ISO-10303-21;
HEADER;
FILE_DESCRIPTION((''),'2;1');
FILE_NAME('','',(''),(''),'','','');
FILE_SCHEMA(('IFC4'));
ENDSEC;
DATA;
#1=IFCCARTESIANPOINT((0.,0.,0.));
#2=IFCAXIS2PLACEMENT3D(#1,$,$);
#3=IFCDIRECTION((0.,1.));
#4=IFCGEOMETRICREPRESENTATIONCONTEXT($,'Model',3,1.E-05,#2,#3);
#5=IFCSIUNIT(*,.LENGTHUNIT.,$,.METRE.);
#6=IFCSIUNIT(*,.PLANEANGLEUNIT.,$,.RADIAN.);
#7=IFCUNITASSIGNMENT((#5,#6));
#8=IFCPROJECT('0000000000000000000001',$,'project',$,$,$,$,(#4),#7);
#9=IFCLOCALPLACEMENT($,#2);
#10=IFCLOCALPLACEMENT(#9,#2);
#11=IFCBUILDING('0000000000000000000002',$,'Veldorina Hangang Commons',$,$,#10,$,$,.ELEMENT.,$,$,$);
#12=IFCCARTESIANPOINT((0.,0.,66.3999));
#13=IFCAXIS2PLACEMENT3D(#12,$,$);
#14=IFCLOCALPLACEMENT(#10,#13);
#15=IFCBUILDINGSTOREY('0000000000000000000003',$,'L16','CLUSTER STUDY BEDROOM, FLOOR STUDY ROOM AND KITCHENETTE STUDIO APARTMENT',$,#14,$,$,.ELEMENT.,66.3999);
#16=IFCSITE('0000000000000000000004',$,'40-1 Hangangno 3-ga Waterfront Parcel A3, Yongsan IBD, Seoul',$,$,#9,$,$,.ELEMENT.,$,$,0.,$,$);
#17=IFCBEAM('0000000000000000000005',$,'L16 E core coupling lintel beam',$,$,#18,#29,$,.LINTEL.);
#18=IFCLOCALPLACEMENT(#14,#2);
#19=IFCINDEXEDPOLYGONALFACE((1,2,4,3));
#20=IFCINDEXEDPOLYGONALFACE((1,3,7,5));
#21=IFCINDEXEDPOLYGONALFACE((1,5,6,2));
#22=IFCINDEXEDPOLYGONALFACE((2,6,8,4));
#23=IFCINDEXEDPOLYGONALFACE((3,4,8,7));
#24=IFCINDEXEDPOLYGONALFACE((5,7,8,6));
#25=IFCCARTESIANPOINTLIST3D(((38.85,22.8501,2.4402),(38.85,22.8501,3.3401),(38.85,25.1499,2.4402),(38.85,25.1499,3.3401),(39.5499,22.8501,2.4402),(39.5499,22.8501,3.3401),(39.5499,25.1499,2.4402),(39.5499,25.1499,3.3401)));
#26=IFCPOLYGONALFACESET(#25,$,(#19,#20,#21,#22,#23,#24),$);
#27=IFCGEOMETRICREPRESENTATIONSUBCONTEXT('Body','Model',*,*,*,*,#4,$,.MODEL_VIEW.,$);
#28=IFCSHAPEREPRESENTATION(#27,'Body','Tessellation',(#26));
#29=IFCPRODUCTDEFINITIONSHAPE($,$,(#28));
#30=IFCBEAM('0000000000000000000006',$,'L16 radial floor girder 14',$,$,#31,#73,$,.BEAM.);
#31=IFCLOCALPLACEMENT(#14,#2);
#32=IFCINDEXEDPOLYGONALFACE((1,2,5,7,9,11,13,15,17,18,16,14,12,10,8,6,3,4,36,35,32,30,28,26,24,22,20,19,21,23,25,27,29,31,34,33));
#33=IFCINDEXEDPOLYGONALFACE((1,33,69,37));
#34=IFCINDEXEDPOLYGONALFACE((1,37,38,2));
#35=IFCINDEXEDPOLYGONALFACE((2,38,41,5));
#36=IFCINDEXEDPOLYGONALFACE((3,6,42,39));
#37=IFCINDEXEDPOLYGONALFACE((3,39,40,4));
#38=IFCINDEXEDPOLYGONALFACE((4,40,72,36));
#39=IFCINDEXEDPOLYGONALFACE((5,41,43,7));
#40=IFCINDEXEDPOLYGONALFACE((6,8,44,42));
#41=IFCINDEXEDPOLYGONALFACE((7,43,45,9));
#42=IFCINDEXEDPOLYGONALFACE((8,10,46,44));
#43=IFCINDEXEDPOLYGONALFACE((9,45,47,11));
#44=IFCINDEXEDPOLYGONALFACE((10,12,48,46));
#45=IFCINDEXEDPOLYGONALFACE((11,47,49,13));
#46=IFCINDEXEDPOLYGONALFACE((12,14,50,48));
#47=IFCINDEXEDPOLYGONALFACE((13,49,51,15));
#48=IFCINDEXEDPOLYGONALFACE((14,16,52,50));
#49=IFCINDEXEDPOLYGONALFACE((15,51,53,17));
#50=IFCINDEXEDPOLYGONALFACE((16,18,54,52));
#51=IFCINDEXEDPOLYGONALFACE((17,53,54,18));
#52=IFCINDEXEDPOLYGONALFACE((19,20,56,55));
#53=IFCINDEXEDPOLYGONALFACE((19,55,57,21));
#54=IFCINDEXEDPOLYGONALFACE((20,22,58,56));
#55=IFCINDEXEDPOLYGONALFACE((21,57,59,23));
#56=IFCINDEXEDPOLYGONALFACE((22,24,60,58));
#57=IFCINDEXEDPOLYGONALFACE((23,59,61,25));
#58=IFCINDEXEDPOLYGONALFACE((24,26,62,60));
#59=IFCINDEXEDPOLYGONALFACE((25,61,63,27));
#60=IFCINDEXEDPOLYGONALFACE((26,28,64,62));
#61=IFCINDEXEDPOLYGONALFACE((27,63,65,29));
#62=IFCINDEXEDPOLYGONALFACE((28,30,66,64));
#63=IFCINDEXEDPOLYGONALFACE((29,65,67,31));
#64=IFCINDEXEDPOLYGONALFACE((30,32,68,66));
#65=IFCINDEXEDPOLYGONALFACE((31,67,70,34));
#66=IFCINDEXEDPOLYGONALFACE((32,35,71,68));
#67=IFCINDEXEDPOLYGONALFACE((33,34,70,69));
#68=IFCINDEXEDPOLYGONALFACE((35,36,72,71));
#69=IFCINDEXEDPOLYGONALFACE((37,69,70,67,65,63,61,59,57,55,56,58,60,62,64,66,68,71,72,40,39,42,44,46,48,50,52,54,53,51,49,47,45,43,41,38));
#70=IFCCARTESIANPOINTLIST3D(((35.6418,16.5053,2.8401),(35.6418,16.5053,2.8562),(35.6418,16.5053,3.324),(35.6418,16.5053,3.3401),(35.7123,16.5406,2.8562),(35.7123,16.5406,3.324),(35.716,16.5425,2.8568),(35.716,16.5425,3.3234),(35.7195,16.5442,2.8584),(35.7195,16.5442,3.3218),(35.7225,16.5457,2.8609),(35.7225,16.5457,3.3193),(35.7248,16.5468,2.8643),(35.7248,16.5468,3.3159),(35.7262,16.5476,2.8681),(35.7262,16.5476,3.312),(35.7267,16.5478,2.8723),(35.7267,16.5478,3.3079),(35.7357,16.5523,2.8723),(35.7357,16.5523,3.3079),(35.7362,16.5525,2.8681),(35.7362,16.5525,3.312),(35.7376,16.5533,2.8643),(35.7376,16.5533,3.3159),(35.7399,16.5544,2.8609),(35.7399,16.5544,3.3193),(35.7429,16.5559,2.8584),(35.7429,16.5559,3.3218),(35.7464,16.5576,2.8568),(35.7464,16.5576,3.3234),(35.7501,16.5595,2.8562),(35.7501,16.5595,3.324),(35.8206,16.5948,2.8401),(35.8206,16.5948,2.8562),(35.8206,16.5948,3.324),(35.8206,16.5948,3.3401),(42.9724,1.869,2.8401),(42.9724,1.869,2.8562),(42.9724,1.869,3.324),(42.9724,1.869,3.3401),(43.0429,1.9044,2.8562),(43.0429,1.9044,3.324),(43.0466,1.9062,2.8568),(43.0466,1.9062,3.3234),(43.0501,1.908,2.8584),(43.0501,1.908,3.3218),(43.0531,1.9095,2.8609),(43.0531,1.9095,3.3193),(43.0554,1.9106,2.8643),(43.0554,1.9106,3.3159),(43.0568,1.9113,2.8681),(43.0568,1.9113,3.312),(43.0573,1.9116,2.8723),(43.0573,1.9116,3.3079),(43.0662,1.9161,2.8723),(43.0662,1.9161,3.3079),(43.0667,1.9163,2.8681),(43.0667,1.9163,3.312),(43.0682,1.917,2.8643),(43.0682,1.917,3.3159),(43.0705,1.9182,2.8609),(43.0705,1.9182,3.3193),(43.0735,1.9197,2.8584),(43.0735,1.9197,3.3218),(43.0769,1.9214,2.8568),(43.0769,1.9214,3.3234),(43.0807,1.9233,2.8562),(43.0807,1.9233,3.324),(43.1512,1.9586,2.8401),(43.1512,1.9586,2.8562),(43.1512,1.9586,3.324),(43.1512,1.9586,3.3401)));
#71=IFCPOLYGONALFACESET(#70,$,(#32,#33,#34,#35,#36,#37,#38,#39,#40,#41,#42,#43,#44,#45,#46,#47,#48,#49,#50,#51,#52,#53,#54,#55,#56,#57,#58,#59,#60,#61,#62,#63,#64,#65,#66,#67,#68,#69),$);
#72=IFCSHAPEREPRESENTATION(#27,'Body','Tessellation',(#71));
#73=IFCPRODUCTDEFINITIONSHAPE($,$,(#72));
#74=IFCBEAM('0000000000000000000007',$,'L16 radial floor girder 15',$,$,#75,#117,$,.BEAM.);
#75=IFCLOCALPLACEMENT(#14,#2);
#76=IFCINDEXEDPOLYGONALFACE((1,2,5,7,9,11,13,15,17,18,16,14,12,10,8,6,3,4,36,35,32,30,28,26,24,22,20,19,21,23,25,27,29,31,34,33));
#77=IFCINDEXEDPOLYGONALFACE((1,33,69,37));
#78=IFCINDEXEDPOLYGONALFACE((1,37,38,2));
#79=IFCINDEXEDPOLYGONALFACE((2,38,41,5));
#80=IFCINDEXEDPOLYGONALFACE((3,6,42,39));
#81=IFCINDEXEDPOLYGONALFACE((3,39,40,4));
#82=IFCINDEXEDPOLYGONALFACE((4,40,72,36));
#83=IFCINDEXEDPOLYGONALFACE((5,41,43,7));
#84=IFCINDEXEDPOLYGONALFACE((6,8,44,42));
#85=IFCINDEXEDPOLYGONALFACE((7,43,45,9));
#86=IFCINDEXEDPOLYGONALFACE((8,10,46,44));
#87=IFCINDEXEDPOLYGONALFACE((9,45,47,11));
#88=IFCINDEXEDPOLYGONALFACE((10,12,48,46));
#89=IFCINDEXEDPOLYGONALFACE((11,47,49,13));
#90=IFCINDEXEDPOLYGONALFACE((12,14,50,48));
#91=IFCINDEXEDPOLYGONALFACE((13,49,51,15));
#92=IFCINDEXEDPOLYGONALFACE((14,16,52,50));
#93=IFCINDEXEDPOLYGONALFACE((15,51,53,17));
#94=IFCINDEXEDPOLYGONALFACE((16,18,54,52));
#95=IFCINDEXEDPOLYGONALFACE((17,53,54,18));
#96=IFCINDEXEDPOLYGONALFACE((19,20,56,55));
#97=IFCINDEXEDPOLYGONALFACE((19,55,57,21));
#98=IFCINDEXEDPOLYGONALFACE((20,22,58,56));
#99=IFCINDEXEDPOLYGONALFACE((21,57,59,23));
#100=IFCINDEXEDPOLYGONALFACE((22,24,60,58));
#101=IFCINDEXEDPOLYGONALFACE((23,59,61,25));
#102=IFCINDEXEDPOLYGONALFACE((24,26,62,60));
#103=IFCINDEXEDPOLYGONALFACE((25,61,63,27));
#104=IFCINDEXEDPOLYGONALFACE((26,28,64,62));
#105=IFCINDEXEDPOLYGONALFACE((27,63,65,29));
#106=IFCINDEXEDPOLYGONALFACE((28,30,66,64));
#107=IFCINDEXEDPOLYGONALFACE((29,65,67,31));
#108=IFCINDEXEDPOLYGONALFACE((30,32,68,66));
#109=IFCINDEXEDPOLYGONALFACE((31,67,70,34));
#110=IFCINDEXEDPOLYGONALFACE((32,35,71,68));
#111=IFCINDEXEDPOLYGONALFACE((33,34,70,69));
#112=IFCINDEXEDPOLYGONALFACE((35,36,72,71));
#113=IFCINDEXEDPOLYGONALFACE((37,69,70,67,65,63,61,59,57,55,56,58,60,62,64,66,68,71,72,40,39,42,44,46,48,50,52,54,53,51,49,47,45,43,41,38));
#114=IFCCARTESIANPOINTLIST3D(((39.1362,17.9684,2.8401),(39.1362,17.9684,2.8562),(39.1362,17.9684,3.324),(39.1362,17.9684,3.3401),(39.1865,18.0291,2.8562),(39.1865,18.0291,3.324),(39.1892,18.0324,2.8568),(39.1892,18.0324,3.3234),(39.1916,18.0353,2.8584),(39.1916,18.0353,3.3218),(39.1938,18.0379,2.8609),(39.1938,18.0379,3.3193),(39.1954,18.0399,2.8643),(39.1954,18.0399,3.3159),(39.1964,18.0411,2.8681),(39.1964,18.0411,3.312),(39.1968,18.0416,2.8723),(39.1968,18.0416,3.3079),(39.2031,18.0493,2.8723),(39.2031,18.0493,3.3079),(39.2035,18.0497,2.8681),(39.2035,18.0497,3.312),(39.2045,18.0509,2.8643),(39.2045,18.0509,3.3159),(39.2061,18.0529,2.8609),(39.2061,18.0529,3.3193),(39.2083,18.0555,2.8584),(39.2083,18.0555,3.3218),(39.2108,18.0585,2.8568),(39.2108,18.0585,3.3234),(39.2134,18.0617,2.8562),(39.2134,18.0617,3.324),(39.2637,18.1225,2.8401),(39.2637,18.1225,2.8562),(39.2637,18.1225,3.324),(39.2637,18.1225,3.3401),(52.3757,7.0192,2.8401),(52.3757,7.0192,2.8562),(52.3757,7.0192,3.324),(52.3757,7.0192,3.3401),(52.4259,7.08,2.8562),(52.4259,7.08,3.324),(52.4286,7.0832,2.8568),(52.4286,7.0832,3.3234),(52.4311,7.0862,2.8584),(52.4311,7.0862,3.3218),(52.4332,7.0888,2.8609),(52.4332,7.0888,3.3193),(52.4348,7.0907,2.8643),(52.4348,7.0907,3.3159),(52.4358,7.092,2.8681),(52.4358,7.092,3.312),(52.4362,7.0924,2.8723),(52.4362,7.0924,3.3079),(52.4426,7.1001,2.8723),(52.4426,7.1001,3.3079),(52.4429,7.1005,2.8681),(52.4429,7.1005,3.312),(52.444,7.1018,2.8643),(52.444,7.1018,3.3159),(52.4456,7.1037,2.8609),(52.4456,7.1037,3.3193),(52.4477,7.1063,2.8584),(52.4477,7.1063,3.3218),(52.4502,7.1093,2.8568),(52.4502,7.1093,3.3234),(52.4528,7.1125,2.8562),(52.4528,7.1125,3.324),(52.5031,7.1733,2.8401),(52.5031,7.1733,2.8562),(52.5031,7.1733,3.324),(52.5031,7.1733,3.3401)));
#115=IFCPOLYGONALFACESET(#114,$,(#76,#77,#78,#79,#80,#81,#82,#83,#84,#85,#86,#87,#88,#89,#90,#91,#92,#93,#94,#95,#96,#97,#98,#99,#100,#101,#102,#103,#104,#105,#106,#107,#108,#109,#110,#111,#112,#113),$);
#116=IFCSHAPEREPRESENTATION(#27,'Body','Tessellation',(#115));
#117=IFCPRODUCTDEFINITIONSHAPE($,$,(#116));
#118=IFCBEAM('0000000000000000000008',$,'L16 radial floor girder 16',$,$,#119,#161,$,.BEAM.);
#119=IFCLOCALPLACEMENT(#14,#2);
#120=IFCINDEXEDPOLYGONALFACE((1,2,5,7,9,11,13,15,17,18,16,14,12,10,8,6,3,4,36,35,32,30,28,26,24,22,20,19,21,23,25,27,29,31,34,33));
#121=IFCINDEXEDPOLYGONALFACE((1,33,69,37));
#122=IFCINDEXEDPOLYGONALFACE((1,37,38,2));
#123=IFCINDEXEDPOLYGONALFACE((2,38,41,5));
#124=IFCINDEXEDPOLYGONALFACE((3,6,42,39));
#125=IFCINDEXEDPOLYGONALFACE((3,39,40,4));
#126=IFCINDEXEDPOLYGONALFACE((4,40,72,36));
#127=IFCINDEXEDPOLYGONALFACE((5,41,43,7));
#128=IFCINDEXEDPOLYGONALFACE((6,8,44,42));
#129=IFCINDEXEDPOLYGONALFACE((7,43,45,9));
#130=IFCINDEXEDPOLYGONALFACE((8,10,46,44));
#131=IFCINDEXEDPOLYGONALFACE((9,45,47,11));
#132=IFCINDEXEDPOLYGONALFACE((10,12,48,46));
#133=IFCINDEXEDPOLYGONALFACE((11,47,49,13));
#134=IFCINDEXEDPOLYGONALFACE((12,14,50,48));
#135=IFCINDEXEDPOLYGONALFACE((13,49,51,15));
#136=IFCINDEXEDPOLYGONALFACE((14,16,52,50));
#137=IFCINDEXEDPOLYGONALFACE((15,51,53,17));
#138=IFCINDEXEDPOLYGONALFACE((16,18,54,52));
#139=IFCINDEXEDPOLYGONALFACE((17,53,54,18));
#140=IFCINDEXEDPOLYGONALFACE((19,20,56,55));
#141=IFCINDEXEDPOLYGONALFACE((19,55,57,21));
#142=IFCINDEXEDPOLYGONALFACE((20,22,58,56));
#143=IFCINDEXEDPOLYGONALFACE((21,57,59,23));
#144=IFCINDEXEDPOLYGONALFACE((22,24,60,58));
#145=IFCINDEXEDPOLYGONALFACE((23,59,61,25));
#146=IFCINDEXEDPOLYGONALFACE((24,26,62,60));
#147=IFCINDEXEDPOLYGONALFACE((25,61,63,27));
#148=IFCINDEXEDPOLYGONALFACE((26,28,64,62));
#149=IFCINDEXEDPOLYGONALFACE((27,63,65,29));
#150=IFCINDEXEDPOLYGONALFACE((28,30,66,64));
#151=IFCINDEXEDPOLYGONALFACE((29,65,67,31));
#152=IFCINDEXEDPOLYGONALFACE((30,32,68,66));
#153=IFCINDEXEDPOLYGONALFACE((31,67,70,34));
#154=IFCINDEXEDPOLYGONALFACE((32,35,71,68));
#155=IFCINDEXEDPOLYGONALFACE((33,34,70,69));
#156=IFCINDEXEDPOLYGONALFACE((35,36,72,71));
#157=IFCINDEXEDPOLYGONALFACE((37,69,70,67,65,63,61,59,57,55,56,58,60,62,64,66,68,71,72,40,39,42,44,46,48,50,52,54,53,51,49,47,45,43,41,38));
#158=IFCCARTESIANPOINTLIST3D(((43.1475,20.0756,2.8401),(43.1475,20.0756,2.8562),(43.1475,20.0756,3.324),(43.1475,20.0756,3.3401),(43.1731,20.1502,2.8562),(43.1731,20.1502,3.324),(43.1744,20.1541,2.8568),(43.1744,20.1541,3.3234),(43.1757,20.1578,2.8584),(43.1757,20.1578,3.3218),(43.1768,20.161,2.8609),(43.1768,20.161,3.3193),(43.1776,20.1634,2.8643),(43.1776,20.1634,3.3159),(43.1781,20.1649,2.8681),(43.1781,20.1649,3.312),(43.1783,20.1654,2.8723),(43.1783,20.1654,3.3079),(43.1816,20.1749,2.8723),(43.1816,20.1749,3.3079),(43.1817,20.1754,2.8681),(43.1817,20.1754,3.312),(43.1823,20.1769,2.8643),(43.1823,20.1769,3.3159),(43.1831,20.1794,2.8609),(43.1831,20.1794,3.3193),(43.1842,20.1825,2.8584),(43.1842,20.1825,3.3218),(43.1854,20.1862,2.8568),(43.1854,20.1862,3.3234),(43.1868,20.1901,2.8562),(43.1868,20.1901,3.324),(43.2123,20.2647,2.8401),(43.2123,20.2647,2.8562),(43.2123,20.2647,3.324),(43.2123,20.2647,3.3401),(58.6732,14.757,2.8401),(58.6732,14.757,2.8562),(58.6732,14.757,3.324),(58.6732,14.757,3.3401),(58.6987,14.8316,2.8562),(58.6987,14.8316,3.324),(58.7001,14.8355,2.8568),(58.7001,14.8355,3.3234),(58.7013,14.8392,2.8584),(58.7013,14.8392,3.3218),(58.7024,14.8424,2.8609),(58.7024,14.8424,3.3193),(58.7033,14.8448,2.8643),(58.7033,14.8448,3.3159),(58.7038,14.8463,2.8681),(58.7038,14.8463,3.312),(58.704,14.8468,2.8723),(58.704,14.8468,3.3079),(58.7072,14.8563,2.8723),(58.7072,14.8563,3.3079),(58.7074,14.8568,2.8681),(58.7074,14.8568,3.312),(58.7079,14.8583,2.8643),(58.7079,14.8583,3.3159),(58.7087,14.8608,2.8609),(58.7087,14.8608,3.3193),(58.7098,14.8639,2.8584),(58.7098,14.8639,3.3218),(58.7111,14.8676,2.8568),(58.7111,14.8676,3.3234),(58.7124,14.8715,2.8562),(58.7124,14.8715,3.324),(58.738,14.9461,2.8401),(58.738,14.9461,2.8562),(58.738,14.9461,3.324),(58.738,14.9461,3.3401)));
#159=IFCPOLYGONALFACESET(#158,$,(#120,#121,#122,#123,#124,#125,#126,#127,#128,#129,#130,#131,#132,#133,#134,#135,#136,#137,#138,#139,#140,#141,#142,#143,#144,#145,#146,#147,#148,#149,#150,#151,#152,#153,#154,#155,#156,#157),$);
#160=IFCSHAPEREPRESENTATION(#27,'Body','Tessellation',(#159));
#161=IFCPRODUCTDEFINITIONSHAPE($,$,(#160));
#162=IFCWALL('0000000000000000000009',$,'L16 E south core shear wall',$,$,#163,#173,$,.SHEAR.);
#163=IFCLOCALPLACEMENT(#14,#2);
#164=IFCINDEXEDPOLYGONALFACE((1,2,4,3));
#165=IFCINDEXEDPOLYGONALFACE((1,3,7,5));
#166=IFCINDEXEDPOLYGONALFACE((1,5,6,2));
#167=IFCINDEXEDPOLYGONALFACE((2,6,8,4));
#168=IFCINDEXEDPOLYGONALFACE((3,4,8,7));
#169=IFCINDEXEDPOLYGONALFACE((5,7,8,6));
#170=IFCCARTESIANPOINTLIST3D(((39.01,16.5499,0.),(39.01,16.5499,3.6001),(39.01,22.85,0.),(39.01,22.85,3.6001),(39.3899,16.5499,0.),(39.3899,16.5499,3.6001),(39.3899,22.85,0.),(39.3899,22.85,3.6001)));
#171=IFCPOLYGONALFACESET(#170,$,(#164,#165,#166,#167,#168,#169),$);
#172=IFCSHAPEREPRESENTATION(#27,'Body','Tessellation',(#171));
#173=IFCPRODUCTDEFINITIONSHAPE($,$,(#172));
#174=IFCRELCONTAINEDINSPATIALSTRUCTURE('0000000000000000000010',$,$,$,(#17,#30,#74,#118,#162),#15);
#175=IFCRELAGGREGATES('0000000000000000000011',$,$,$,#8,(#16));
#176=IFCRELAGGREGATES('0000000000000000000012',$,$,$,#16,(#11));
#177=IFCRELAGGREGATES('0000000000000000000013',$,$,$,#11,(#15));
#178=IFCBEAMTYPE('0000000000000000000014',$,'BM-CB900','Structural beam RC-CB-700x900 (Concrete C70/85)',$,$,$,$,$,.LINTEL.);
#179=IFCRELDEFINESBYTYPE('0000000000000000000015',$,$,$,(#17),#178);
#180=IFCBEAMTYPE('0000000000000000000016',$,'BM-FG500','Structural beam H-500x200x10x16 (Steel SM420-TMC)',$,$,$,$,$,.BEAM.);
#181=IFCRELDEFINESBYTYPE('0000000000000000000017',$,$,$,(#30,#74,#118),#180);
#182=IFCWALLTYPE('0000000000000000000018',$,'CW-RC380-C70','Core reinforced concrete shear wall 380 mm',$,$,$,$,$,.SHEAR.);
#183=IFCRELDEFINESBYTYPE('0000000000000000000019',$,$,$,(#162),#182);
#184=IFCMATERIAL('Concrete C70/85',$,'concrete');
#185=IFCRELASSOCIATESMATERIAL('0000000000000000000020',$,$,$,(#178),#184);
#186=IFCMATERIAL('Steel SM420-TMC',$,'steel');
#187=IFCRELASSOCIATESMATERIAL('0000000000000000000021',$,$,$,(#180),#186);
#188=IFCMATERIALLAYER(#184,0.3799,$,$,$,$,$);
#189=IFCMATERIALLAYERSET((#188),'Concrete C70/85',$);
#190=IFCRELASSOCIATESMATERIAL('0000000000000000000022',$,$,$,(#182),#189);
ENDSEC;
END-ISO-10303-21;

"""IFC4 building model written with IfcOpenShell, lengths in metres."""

from ifc_helpers import new_model, si_unit, direction, frame, frame_2d, origin, origin_2d, place, context, subcontext, project, spatial, rectangle, i_section, extrude, material, layer, layer_set, material_profile, profile_set, type_object, element, save


model = new_model("IFC4")

# Units and contexts
model_context = context("Model", 3, precision=1e-05, world=origin(), true_north=direction((0.0, 1.0)))
body_context = subcontext(model_context, "Body", "Model", "MODEL_VIEW")
ifc_project = project(units=[si_unit("LENGTHUNIT", "METRE"), si_unit("PLANEANGLEUNIT", "RADIAN")], contexts=[model_context])

# Site, building, storey
site_placement = place(None, origin())
site = spatial("IfcSite", under=ifc_project, at=site_placement, Name="40-1 Hangangno 3-ga Waterfront Parcel A3, Yongsan IBD, Seoul", CompositionType="ELEMENT", RefElevation=0.0)
building_placement = place(site_placement, origin())
building = spatial("IfcBuilding", under=site, at=building_placement, Name="Veldorina Hangang Commons", CompositionType="ELEMENT")
storey_placement = place(building_placement, frame((0.0, 0.0, 66.3999)))
storey = spatial("IfcBuildingStorey", under=building, at=storey_placement, Name="L16", Description="CLUSTER STUDY BEDROOM, FLOOR STUDY ROOM AND KITCHENETTE STUDIO APARTMENT", CompositionType="ELEMENT", Elevation=66.3999)

# Beams
ifc_material_1 = material(Name="Concrete C70/85", Category="concrete")
ifc_material_profile_1 = material_profile(ifc_material_1, rectangle(XDim=0.7, YDim=0.8999, at=origin_2d()), Name="RC-CB-700x900")
ifc_profile_set_1 = profile_set([ifc_material_profile_1], Name="Concrete C70/85")
beam_type_1 = type_object("IfcBeamType", Name="BM-CB900", Description="Structural beam RC-CB-700x900 (Concrete C70/85)", PredefinedType="LINTEL", material=ifc_profile_set_1)
beam_1_placement = place(storey_placement, frame((39.2, 22.8501, 2.8901), z_axis=(0.0, 1.0, 0.0), x_axis=(-1.0, 0.0, 0.0)))
element("IfcBeam", 1, at=beam_1_placement, inside=storey, type_object=beam_type_1, Name="L16 E core coupling lintel beam", PredefinedType="LINTEL", context=body_context, shape_type="SweptSolid", body=[
    extrude(rectangle(XDim=0.7, YDim=0.8999, at=origin_2d()), origin(), (0.0, 0.0, 1.0), 2.2998),
])
ifc_material_2 = material(Name="Steel SM420-TMC", Category="steel")
ifc_material_profile_2 = material_profile(ifc_material_2, i_section(OverallWidth=0.2, OverallDepth=0.5, WebThickness=0.01, FlangeThickness=0.0161, FilletRadius=0.0161, at=origin_2d()), Name="H-500x200x10x16")
ifc_profile_set_2 = profile_set([ifc_material_profile_2], Name="Steel SM420-TMC")
beam_type_2 = type_object("IfcBeamType", Name="BM-FG500", Description="Structural beam H-500x200x10x16 (Steel SM420-TMC)", PredefinedType="BEAM", material=ifc_profile_set_2)
beam_2_placement = place(storey_placement, frame((35.7312, 16.55, 3.0901), z_axis=(0.447822, -0.894123, 0.0), x_axis=(0.894123, 0.447822, 0.0)))
element("IfcBeam", 2, at=beam_2_placement, inside=storey, type_object=beam_type_2, Name="L16 radial floor girder 14", PredefinedType="BEAM", context=body_context, shape_type="SweptSolid", body=[
    extrude(i_section(OverallWidth=0.2, OverallDepth=0.5, WebThickness=0.01, FlangeThickness=0.0161, FilletRadius=0.0161, at=origin_2d()), origin(), (0.0, 0.0, 1.0), 16.3694),
])
beam_3_placement = place(storey_placement, frame((39.2, 18.0454, 3.0901), z_axis=(0.770612, -0.637305, 0.0), x_axis=(0.637305, 0.770612, 0.0)))
element("IfcBeam", 3, at=beam_3_placement, inside=storey, type_object=beam_type_2, Name="L16 radial floor girder 15", PredefinedType="BEAM", context=body_context, shape_type="SweptSolid", body=[
    extrude(i_section(OverallWidth=0.2, OverallDepth=0.5, WebThickness=0.01, FlangeThickness=0.0161, FilletRadius=0.0161, at=origin_2d()), origin(), (0.0, 0.0, 1.0), 17.1804),
])
beam_4_placement = place(storey_placement, frame((43.1799, 20.1702, 3.0901), z_axis=(0.94603, -0.324081, 0.0), x_axis=(0.324081, 0.94603, 0.0)))
element("IfcBeam", 4, at=beam_4_placement, inside=storey, type_object=beam_type_2, Name="L16 radial floor girder 16", PredefinedType="BEAM", context=body_context, shape_type="SweptSolid", body=[
    extrude(i_section(OverallWidth=0.2, OverallDepth=0.5, WebThickness=0.01, FlangeThickness=0.0161, FilletRadius=0.0161, at=origin_2d()), origin(), (0.0, 0.0, 1.0), 16.4114),
])

# Wall
ifc_layer_1 = layer(ifc_material_1, 0.3799)
ifc_layer_set_1 = layer_set([ifc_layer_1], Name="Concrete C70/85")
wall_type_1 = type_object("IfcWallType", Name="CW-RC380-C70", Description="Core reinforced concrete shear wall 380 mm", PredefinedType="SHEAR", material=ifc_layer_set_1)
wall_1_placement = place(storey_placement, frame((39.2, 16.55, 0.0), z_axis=(0.0, 0.0, 1.0), x_axis=(0.0, 1.0, 0.0)))
element("IfcWall", 5, at=wall_1_placement, inside=storey, type_object=wall_type_1, Name="L16 E south core shear wall", PredefinedType="SHEAR", context=body_context, shape_type="SweptSolid", body=[
    extrude(rectangle(XDim=6.3, YDim=0.3799, at=frame_2d((3.1499, 0.0))), origin(), (0.0, 0.0, 1.0), 3.6001),
])

save(model, "model.ifc")
